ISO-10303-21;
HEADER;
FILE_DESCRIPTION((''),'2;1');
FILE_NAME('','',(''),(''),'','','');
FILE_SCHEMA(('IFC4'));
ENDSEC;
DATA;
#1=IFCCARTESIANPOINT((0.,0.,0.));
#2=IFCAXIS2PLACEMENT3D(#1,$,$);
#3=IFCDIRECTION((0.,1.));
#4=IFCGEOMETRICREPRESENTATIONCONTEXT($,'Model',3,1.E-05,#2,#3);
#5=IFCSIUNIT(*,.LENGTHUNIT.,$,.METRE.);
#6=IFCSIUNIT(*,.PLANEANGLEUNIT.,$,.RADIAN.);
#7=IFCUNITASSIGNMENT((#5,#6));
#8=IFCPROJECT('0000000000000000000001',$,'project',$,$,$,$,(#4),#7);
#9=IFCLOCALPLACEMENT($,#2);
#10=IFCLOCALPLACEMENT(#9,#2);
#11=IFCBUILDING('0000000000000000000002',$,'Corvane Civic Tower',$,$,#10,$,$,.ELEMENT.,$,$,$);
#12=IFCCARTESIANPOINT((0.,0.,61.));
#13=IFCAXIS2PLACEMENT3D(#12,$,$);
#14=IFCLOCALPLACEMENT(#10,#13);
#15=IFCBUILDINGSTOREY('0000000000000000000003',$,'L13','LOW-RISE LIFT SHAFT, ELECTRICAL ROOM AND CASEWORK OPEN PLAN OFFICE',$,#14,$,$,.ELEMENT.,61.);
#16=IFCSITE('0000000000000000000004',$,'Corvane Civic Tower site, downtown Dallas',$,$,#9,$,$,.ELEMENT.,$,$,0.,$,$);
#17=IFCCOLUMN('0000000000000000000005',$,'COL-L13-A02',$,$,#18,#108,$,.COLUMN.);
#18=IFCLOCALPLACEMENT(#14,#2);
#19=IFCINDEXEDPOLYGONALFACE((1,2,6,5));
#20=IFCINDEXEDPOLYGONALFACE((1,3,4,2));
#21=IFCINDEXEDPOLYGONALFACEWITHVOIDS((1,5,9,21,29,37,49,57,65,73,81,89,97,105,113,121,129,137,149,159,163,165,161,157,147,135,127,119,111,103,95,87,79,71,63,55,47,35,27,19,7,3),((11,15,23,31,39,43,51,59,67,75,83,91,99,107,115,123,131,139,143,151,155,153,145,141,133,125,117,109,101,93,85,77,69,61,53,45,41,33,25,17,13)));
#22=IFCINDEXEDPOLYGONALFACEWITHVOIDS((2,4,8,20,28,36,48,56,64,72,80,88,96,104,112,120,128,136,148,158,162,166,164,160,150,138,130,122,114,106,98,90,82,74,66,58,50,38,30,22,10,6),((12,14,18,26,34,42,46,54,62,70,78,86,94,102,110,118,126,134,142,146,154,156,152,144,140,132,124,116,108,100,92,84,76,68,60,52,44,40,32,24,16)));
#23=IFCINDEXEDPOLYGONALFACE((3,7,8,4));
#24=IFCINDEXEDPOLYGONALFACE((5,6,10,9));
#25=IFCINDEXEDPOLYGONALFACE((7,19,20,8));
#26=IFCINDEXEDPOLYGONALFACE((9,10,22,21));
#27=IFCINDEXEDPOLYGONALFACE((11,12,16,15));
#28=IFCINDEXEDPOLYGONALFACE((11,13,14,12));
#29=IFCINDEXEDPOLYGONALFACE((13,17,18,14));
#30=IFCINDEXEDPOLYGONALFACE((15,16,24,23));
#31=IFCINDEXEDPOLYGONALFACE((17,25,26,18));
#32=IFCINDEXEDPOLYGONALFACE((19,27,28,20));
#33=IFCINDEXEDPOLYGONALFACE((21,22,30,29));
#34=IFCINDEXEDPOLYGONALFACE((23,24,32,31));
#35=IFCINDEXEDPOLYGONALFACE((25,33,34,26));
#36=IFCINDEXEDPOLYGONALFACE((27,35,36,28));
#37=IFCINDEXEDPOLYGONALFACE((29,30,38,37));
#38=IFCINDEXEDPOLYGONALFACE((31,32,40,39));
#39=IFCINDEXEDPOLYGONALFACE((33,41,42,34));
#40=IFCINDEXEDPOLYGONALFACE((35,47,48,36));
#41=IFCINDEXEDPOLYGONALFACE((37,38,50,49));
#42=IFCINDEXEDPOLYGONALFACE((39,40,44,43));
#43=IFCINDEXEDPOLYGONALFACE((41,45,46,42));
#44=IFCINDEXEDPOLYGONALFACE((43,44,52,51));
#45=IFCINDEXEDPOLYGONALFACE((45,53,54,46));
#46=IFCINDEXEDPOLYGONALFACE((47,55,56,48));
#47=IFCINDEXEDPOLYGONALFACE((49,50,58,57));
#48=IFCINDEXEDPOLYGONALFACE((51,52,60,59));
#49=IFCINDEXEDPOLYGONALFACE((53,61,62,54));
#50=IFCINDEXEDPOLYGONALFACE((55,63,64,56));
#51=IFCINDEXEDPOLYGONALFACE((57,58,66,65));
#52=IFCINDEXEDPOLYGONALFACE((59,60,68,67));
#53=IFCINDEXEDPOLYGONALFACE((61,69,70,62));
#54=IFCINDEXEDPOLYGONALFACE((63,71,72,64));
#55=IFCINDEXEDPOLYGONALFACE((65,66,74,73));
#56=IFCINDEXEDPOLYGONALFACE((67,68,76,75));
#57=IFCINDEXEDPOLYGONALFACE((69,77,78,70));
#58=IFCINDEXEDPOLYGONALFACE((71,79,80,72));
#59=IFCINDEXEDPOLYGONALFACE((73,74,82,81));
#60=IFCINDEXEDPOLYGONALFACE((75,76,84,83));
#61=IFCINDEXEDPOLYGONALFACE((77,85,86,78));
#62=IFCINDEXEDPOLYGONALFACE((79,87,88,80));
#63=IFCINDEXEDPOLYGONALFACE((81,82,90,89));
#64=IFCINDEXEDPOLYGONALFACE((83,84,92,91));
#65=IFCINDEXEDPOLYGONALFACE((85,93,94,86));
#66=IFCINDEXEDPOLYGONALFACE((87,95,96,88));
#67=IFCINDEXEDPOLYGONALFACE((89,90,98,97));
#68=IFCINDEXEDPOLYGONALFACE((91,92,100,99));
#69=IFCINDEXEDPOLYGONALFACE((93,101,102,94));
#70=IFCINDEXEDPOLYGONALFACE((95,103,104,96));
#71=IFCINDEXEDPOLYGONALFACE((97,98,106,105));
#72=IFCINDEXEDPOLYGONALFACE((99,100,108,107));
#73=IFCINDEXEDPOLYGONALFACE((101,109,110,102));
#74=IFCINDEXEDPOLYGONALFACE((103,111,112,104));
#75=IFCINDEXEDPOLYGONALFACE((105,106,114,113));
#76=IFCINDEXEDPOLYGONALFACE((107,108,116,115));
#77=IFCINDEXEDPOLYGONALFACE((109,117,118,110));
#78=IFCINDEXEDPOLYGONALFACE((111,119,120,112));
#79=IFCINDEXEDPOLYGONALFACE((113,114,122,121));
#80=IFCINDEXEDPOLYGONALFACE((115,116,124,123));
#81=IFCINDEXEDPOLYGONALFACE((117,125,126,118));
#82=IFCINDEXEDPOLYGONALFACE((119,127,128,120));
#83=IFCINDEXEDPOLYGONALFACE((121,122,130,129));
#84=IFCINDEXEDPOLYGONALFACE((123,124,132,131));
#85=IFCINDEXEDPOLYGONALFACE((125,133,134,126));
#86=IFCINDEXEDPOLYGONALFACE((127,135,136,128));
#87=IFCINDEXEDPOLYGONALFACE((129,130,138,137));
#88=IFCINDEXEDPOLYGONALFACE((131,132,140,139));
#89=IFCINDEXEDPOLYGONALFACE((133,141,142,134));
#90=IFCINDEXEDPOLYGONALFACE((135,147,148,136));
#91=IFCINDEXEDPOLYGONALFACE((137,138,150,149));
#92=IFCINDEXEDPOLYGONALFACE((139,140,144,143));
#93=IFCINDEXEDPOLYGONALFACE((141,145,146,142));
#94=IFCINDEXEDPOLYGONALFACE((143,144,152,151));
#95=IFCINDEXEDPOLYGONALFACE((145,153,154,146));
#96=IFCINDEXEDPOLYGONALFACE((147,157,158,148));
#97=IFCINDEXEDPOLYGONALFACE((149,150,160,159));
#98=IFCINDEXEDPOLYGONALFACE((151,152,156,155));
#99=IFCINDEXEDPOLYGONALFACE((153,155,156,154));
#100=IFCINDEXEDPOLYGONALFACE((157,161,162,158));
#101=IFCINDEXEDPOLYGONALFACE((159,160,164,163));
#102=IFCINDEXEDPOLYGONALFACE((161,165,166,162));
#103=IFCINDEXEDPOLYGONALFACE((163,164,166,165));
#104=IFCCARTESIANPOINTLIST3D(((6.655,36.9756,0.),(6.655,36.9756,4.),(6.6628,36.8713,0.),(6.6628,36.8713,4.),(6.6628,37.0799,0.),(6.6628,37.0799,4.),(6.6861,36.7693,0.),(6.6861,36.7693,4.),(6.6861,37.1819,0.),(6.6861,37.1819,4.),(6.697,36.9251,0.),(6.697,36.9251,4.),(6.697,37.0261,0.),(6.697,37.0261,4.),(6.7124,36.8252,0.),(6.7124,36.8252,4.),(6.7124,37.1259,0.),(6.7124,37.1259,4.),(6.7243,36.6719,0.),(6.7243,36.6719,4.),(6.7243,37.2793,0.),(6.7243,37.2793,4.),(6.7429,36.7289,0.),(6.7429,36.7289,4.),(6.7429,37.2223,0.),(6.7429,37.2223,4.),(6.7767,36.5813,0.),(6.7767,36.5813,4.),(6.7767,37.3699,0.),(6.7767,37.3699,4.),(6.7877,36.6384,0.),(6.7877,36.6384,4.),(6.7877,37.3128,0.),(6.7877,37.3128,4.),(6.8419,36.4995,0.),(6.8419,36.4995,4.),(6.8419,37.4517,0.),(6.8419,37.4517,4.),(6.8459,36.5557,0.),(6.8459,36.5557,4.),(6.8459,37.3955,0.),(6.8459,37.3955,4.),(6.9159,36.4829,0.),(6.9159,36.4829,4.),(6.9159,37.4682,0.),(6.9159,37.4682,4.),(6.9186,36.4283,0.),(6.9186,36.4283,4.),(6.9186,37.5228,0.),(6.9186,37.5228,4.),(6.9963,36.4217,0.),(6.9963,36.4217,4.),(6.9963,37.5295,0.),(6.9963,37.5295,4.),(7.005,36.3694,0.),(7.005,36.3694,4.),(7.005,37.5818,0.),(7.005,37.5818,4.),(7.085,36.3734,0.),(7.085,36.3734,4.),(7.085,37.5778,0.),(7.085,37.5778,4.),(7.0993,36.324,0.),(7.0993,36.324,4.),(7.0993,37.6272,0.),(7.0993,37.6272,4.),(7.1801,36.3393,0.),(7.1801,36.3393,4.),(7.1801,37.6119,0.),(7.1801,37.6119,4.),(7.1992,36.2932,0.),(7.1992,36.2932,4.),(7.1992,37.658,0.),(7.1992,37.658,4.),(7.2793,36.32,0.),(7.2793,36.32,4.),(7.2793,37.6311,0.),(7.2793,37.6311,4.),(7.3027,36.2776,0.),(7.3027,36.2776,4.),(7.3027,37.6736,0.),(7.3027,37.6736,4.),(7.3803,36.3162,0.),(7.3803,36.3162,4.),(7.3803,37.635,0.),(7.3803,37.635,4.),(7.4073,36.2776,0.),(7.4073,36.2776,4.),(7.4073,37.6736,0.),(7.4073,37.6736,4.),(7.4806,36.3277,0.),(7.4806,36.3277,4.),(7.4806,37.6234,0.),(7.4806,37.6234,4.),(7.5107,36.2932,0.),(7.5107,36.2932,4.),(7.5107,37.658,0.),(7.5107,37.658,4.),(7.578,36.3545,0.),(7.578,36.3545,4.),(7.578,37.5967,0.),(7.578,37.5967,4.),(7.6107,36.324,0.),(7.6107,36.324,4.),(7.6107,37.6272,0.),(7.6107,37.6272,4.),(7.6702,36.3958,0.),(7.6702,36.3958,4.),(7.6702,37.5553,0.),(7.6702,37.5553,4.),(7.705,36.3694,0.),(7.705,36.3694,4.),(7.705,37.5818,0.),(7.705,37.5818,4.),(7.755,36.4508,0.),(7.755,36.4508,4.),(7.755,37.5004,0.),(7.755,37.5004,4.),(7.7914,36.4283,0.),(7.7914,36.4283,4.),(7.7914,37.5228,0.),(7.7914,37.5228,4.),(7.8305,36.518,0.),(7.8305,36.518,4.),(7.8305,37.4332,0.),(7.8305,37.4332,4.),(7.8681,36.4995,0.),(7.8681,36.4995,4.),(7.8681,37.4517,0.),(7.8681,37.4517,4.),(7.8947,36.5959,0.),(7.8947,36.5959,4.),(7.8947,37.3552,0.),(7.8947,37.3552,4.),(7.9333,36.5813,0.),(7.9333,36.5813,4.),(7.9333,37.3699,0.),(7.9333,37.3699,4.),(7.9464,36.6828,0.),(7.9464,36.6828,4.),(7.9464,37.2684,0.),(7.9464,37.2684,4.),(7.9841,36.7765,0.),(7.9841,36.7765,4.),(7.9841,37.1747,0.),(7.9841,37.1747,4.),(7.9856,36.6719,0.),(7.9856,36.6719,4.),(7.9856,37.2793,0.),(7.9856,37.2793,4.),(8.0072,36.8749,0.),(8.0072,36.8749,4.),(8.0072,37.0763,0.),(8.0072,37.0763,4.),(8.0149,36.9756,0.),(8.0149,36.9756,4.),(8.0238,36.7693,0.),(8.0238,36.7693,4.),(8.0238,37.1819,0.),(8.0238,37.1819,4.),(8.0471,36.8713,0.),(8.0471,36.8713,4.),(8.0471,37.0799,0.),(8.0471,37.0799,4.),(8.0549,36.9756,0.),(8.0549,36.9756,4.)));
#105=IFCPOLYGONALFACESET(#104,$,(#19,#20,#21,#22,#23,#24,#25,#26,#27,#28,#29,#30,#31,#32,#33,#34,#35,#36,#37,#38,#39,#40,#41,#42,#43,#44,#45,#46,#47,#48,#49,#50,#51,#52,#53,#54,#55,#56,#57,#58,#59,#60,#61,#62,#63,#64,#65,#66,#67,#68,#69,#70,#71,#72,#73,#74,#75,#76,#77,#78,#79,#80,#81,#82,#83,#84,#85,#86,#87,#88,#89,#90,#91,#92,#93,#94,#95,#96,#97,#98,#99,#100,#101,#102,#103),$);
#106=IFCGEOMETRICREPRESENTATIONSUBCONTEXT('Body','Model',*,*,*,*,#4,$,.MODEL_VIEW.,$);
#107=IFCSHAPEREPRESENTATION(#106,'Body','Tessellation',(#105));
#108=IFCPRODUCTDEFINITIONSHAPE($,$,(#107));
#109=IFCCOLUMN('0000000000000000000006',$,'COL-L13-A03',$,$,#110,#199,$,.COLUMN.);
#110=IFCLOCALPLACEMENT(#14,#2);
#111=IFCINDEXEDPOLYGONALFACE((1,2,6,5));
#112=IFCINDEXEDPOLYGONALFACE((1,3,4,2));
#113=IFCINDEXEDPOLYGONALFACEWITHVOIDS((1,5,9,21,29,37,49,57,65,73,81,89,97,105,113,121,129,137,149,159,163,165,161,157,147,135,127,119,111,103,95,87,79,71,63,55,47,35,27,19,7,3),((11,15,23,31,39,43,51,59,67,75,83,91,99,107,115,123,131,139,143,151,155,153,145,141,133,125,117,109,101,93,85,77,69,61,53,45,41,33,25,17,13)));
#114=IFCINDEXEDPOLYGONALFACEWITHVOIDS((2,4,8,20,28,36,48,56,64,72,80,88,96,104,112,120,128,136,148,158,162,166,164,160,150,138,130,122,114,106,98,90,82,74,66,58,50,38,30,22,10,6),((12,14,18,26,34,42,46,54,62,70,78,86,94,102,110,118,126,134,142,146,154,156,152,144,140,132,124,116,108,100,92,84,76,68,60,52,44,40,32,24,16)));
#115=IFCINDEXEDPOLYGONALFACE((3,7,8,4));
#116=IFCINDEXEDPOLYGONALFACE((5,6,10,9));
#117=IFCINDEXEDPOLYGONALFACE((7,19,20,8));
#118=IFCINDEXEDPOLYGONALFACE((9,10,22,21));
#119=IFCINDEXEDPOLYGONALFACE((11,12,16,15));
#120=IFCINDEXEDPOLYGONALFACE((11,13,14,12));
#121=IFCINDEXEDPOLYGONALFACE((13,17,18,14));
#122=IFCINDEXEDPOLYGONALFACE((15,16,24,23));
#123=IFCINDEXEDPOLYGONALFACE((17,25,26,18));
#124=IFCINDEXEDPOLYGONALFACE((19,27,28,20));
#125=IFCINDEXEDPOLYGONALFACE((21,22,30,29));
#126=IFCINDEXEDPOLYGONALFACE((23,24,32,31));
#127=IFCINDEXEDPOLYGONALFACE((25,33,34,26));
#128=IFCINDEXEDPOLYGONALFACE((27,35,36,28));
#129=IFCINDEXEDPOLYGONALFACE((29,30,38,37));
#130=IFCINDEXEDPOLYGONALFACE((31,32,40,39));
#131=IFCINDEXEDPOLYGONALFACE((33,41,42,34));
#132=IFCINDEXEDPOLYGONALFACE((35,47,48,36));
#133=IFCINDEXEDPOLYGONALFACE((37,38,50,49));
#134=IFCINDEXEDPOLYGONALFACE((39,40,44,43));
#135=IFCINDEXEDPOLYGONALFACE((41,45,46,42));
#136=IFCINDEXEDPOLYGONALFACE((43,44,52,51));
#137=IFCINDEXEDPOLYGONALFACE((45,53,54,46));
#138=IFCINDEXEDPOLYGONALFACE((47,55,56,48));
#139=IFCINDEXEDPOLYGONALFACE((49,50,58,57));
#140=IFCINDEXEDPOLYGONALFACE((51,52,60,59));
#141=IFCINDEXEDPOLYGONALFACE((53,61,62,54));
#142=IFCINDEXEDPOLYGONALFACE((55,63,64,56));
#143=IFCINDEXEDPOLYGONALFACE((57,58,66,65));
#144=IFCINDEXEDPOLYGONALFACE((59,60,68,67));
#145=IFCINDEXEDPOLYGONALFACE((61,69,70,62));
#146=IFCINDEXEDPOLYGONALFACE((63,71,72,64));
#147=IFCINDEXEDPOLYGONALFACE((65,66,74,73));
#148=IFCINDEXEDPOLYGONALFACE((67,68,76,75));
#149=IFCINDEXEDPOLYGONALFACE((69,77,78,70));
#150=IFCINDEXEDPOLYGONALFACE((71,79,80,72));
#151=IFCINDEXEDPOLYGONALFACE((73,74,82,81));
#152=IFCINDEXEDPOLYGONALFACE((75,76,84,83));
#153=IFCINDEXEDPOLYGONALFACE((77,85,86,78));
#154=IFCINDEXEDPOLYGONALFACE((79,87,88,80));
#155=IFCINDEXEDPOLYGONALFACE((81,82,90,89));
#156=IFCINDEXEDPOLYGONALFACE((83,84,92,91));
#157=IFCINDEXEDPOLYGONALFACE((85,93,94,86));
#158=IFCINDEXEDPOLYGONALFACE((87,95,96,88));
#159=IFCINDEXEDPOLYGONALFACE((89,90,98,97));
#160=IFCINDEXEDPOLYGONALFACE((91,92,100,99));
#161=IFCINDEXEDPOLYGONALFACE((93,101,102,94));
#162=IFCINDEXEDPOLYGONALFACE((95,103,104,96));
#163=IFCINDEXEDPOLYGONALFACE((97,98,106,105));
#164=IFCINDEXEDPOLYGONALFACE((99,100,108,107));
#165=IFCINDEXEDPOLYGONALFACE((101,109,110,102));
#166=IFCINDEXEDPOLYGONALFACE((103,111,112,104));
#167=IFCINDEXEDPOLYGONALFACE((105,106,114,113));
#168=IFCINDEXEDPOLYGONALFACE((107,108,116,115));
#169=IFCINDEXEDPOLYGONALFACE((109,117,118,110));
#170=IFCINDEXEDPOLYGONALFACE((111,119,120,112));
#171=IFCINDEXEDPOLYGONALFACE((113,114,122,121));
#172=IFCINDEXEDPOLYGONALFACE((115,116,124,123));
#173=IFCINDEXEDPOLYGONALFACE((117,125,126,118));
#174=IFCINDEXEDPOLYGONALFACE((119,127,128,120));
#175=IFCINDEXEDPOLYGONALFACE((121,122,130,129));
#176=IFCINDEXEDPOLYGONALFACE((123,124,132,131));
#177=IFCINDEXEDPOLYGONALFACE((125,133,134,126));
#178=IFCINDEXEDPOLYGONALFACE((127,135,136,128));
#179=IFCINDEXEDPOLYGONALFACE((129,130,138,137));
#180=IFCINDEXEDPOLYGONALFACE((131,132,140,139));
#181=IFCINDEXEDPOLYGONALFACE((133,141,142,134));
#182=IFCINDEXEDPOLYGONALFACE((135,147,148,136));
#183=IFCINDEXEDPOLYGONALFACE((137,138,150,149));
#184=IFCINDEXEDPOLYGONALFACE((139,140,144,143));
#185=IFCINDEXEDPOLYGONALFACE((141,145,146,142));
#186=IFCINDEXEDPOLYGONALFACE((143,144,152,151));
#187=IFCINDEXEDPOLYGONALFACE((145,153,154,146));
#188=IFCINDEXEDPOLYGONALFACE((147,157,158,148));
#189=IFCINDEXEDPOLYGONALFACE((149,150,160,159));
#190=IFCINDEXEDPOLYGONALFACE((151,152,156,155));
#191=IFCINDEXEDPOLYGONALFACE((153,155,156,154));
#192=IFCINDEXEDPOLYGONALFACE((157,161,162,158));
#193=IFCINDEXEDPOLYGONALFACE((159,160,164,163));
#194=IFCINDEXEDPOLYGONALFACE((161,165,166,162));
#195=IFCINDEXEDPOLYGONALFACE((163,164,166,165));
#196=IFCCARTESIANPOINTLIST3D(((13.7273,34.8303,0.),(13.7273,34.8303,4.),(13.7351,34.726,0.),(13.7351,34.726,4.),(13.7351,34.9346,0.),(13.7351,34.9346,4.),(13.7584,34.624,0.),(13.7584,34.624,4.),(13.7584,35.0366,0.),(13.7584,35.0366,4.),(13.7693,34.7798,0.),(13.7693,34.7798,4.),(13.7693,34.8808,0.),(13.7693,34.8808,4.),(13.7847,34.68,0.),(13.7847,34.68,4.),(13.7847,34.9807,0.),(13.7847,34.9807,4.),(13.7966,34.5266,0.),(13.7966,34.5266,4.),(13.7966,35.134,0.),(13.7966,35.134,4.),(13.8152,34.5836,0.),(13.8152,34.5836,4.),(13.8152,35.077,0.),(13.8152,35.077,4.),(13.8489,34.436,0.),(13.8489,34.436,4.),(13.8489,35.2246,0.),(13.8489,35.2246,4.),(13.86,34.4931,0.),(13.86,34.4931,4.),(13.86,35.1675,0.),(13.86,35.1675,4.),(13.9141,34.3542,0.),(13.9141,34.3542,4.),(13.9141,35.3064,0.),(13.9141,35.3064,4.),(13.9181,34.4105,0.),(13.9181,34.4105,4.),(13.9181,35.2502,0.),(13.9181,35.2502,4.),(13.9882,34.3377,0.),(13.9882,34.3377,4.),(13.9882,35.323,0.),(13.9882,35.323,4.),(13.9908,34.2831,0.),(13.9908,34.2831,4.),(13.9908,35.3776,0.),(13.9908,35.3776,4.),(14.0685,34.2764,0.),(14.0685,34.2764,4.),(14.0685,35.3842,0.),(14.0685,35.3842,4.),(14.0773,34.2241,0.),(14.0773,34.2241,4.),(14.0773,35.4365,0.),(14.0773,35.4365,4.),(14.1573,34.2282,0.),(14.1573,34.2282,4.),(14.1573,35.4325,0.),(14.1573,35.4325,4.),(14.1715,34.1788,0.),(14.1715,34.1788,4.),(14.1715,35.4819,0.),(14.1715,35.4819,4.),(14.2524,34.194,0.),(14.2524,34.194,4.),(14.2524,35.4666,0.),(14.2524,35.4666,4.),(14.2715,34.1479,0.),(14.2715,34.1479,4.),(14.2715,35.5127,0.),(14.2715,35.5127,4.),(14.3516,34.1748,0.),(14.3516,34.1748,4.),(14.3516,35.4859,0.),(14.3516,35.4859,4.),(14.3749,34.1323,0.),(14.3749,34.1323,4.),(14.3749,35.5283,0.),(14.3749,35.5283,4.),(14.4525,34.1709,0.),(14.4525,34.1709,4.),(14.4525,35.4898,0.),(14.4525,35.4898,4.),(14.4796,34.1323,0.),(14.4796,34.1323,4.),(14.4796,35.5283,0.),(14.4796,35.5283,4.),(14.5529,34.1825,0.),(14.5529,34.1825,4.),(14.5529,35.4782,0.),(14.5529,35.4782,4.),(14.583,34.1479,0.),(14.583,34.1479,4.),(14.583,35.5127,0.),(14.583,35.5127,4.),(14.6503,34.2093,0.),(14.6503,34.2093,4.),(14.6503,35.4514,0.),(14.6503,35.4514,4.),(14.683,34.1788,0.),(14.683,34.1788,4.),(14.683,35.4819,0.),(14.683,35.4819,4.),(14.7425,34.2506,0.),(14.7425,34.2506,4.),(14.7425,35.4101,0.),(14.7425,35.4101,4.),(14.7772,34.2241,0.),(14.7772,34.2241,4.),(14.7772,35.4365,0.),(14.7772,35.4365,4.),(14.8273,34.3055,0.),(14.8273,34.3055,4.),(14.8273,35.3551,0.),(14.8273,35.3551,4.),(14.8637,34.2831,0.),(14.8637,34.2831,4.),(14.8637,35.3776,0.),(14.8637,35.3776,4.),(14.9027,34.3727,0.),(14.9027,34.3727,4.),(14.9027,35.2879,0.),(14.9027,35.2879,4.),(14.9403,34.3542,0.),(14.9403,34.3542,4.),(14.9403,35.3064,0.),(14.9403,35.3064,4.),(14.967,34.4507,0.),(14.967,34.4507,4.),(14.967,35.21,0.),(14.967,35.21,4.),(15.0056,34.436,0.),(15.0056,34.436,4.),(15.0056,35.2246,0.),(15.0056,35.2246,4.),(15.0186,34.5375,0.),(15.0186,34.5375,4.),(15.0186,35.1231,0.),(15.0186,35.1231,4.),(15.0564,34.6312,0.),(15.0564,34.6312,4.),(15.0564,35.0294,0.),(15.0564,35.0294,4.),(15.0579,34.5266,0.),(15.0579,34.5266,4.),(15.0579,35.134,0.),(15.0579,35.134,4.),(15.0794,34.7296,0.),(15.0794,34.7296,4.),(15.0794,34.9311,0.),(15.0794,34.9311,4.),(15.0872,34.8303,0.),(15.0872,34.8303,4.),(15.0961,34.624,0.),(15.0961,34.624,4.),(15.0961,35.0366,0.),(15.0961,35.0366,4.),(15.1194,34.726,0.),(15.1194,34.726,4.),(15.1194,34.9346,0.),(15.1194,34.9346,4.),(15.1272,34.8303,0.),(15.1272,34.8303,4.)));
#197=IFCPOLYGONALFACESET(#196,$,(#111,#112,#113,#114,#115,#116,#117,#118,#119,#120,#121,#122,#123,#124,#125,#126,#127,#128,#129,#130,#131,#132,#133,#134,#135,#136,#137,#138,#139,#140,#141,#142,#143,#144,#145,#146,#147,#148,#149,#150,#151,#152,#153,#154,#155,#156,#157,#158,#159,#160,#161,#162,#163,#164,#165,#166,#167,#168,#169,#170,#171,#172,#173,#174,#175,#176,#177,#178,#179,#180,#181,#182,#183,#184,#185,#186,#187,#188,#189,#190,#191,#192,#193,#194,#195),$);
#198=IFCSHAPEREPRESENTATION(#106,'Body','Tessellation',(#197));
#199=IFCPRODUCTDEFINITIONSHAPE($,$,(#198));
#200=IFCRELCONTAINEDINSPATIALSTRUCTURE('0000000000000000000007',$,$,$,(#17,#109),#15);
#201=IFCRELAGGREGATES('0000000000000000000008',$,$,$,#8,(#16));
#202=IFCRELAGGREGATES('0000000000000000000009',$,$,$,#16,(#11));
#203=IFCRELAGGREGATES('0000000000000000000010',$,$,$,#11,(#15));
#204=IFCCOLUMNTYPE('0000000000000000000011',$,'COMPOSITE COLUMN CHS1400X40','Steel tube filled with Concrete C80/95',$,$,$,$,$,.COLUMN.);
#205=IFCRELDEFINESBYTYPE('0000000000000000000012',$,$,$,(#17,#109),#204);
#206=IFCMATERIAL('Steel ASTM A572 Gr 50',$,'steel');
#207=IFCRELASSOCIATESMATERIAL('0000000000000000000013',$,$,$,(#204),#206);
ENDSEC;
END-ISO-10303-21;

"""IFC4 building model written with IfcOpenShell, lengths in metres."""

from ifc_helpers import new_model, si_unit, direction, frame, origin, origin_2d, place, context, subcontext, project, spatial, hollow_circle, extrude, material, material_profile, profile_set, type_object, element, save


model = new_model("IFC4")

# Units and contexts
model_context = context("Model", 3, precision=1e-05, world=origin(), true_north=direction((0.0, 1.0)))
body_context = subcontext(model_context, "Body", "Model", "MODEL_VIEW")
ifc_project = project(units=[si_unit("LENGTHUNIT", "METRE"), si_unit("PLANEANGLEUNIT", "RADIAN")], contexts=[model_context])

# Site, building, storey
site_placement = place(None, origin())
site = spatial("IfcSite", under=ifc_project, at=site_placement, Name="Corvane Civic Tower site, downtown Dallas", CompositionType="ELEMENT", RefElevation=0.0)
building_placement = place(site_placement, origin())
building = spatial("IfcBuilding", under=site, at=building_placement, Name="Corvane Civic Tower", CompositionType="ELEMENT")
storey_placement = place(building_placement, frame((0.0, 0.0, 61.0)))
storey = spatial("IfcBuildingStorey", under=building, at=storey_placement, Name="L13", Description="LOW-RISE LIFT SHAFT, ELECTRICAL ROOM AND CASEWORK OPEN PLAN OFFICE", CompositionType="ELEMENT", Elevation=61.0)

# Columns
ifc_material_1 = material(Name="Steel ASTM A572 Gr 50", Category="steel")
ifc_material_profile_1 = material_profile(ifc_material_1, hollow_circle(Radius=0.7, WallThickness=0.04, at=origin_2d()), Name="CHS1400X40")
ifc_profile_set_1 = profile_set([ifc_material_profile_1], Name="Steel ASTM A572 Gr 50")
column_type = type_object("IfcColumnType", Name="COMPOSITE COLUMN CHS1400X40", Description="Steel tube filled with Concrete C80/95", PredefinedType="COLUMN", material=ifc_profile_set_1)
for number, where, z_axis, x_axis, name in (
    (1, (7.355, 36.9756, 0.0), (0.0, 0.0, 1.0), (1.0, 0.0, 0.0), "COL-L13-A02"),
    (2, (14.4272, 34.8303, 0.0), (0.0, 0.0, 1.0), (1.0, 0.0, 0.0), "COL-L13-A03"),
):
    element("IfcColumn", number, at=place(storey_placement, frame(where, z_axis=z_axis, x_axis=x_axis)), inside=storey, type_object=column_type, Name=name, PredefinedType="COLUMN", context=body_context, shape_type="SweptSolid", body=[
        extrude(hollow_circle(Radius=0.7, WallThickness=0.04, at=origin_2d()), origin(), (0.0, 0.0, 1.0), 4.0),
    ])

save(model, "model.ifc")
